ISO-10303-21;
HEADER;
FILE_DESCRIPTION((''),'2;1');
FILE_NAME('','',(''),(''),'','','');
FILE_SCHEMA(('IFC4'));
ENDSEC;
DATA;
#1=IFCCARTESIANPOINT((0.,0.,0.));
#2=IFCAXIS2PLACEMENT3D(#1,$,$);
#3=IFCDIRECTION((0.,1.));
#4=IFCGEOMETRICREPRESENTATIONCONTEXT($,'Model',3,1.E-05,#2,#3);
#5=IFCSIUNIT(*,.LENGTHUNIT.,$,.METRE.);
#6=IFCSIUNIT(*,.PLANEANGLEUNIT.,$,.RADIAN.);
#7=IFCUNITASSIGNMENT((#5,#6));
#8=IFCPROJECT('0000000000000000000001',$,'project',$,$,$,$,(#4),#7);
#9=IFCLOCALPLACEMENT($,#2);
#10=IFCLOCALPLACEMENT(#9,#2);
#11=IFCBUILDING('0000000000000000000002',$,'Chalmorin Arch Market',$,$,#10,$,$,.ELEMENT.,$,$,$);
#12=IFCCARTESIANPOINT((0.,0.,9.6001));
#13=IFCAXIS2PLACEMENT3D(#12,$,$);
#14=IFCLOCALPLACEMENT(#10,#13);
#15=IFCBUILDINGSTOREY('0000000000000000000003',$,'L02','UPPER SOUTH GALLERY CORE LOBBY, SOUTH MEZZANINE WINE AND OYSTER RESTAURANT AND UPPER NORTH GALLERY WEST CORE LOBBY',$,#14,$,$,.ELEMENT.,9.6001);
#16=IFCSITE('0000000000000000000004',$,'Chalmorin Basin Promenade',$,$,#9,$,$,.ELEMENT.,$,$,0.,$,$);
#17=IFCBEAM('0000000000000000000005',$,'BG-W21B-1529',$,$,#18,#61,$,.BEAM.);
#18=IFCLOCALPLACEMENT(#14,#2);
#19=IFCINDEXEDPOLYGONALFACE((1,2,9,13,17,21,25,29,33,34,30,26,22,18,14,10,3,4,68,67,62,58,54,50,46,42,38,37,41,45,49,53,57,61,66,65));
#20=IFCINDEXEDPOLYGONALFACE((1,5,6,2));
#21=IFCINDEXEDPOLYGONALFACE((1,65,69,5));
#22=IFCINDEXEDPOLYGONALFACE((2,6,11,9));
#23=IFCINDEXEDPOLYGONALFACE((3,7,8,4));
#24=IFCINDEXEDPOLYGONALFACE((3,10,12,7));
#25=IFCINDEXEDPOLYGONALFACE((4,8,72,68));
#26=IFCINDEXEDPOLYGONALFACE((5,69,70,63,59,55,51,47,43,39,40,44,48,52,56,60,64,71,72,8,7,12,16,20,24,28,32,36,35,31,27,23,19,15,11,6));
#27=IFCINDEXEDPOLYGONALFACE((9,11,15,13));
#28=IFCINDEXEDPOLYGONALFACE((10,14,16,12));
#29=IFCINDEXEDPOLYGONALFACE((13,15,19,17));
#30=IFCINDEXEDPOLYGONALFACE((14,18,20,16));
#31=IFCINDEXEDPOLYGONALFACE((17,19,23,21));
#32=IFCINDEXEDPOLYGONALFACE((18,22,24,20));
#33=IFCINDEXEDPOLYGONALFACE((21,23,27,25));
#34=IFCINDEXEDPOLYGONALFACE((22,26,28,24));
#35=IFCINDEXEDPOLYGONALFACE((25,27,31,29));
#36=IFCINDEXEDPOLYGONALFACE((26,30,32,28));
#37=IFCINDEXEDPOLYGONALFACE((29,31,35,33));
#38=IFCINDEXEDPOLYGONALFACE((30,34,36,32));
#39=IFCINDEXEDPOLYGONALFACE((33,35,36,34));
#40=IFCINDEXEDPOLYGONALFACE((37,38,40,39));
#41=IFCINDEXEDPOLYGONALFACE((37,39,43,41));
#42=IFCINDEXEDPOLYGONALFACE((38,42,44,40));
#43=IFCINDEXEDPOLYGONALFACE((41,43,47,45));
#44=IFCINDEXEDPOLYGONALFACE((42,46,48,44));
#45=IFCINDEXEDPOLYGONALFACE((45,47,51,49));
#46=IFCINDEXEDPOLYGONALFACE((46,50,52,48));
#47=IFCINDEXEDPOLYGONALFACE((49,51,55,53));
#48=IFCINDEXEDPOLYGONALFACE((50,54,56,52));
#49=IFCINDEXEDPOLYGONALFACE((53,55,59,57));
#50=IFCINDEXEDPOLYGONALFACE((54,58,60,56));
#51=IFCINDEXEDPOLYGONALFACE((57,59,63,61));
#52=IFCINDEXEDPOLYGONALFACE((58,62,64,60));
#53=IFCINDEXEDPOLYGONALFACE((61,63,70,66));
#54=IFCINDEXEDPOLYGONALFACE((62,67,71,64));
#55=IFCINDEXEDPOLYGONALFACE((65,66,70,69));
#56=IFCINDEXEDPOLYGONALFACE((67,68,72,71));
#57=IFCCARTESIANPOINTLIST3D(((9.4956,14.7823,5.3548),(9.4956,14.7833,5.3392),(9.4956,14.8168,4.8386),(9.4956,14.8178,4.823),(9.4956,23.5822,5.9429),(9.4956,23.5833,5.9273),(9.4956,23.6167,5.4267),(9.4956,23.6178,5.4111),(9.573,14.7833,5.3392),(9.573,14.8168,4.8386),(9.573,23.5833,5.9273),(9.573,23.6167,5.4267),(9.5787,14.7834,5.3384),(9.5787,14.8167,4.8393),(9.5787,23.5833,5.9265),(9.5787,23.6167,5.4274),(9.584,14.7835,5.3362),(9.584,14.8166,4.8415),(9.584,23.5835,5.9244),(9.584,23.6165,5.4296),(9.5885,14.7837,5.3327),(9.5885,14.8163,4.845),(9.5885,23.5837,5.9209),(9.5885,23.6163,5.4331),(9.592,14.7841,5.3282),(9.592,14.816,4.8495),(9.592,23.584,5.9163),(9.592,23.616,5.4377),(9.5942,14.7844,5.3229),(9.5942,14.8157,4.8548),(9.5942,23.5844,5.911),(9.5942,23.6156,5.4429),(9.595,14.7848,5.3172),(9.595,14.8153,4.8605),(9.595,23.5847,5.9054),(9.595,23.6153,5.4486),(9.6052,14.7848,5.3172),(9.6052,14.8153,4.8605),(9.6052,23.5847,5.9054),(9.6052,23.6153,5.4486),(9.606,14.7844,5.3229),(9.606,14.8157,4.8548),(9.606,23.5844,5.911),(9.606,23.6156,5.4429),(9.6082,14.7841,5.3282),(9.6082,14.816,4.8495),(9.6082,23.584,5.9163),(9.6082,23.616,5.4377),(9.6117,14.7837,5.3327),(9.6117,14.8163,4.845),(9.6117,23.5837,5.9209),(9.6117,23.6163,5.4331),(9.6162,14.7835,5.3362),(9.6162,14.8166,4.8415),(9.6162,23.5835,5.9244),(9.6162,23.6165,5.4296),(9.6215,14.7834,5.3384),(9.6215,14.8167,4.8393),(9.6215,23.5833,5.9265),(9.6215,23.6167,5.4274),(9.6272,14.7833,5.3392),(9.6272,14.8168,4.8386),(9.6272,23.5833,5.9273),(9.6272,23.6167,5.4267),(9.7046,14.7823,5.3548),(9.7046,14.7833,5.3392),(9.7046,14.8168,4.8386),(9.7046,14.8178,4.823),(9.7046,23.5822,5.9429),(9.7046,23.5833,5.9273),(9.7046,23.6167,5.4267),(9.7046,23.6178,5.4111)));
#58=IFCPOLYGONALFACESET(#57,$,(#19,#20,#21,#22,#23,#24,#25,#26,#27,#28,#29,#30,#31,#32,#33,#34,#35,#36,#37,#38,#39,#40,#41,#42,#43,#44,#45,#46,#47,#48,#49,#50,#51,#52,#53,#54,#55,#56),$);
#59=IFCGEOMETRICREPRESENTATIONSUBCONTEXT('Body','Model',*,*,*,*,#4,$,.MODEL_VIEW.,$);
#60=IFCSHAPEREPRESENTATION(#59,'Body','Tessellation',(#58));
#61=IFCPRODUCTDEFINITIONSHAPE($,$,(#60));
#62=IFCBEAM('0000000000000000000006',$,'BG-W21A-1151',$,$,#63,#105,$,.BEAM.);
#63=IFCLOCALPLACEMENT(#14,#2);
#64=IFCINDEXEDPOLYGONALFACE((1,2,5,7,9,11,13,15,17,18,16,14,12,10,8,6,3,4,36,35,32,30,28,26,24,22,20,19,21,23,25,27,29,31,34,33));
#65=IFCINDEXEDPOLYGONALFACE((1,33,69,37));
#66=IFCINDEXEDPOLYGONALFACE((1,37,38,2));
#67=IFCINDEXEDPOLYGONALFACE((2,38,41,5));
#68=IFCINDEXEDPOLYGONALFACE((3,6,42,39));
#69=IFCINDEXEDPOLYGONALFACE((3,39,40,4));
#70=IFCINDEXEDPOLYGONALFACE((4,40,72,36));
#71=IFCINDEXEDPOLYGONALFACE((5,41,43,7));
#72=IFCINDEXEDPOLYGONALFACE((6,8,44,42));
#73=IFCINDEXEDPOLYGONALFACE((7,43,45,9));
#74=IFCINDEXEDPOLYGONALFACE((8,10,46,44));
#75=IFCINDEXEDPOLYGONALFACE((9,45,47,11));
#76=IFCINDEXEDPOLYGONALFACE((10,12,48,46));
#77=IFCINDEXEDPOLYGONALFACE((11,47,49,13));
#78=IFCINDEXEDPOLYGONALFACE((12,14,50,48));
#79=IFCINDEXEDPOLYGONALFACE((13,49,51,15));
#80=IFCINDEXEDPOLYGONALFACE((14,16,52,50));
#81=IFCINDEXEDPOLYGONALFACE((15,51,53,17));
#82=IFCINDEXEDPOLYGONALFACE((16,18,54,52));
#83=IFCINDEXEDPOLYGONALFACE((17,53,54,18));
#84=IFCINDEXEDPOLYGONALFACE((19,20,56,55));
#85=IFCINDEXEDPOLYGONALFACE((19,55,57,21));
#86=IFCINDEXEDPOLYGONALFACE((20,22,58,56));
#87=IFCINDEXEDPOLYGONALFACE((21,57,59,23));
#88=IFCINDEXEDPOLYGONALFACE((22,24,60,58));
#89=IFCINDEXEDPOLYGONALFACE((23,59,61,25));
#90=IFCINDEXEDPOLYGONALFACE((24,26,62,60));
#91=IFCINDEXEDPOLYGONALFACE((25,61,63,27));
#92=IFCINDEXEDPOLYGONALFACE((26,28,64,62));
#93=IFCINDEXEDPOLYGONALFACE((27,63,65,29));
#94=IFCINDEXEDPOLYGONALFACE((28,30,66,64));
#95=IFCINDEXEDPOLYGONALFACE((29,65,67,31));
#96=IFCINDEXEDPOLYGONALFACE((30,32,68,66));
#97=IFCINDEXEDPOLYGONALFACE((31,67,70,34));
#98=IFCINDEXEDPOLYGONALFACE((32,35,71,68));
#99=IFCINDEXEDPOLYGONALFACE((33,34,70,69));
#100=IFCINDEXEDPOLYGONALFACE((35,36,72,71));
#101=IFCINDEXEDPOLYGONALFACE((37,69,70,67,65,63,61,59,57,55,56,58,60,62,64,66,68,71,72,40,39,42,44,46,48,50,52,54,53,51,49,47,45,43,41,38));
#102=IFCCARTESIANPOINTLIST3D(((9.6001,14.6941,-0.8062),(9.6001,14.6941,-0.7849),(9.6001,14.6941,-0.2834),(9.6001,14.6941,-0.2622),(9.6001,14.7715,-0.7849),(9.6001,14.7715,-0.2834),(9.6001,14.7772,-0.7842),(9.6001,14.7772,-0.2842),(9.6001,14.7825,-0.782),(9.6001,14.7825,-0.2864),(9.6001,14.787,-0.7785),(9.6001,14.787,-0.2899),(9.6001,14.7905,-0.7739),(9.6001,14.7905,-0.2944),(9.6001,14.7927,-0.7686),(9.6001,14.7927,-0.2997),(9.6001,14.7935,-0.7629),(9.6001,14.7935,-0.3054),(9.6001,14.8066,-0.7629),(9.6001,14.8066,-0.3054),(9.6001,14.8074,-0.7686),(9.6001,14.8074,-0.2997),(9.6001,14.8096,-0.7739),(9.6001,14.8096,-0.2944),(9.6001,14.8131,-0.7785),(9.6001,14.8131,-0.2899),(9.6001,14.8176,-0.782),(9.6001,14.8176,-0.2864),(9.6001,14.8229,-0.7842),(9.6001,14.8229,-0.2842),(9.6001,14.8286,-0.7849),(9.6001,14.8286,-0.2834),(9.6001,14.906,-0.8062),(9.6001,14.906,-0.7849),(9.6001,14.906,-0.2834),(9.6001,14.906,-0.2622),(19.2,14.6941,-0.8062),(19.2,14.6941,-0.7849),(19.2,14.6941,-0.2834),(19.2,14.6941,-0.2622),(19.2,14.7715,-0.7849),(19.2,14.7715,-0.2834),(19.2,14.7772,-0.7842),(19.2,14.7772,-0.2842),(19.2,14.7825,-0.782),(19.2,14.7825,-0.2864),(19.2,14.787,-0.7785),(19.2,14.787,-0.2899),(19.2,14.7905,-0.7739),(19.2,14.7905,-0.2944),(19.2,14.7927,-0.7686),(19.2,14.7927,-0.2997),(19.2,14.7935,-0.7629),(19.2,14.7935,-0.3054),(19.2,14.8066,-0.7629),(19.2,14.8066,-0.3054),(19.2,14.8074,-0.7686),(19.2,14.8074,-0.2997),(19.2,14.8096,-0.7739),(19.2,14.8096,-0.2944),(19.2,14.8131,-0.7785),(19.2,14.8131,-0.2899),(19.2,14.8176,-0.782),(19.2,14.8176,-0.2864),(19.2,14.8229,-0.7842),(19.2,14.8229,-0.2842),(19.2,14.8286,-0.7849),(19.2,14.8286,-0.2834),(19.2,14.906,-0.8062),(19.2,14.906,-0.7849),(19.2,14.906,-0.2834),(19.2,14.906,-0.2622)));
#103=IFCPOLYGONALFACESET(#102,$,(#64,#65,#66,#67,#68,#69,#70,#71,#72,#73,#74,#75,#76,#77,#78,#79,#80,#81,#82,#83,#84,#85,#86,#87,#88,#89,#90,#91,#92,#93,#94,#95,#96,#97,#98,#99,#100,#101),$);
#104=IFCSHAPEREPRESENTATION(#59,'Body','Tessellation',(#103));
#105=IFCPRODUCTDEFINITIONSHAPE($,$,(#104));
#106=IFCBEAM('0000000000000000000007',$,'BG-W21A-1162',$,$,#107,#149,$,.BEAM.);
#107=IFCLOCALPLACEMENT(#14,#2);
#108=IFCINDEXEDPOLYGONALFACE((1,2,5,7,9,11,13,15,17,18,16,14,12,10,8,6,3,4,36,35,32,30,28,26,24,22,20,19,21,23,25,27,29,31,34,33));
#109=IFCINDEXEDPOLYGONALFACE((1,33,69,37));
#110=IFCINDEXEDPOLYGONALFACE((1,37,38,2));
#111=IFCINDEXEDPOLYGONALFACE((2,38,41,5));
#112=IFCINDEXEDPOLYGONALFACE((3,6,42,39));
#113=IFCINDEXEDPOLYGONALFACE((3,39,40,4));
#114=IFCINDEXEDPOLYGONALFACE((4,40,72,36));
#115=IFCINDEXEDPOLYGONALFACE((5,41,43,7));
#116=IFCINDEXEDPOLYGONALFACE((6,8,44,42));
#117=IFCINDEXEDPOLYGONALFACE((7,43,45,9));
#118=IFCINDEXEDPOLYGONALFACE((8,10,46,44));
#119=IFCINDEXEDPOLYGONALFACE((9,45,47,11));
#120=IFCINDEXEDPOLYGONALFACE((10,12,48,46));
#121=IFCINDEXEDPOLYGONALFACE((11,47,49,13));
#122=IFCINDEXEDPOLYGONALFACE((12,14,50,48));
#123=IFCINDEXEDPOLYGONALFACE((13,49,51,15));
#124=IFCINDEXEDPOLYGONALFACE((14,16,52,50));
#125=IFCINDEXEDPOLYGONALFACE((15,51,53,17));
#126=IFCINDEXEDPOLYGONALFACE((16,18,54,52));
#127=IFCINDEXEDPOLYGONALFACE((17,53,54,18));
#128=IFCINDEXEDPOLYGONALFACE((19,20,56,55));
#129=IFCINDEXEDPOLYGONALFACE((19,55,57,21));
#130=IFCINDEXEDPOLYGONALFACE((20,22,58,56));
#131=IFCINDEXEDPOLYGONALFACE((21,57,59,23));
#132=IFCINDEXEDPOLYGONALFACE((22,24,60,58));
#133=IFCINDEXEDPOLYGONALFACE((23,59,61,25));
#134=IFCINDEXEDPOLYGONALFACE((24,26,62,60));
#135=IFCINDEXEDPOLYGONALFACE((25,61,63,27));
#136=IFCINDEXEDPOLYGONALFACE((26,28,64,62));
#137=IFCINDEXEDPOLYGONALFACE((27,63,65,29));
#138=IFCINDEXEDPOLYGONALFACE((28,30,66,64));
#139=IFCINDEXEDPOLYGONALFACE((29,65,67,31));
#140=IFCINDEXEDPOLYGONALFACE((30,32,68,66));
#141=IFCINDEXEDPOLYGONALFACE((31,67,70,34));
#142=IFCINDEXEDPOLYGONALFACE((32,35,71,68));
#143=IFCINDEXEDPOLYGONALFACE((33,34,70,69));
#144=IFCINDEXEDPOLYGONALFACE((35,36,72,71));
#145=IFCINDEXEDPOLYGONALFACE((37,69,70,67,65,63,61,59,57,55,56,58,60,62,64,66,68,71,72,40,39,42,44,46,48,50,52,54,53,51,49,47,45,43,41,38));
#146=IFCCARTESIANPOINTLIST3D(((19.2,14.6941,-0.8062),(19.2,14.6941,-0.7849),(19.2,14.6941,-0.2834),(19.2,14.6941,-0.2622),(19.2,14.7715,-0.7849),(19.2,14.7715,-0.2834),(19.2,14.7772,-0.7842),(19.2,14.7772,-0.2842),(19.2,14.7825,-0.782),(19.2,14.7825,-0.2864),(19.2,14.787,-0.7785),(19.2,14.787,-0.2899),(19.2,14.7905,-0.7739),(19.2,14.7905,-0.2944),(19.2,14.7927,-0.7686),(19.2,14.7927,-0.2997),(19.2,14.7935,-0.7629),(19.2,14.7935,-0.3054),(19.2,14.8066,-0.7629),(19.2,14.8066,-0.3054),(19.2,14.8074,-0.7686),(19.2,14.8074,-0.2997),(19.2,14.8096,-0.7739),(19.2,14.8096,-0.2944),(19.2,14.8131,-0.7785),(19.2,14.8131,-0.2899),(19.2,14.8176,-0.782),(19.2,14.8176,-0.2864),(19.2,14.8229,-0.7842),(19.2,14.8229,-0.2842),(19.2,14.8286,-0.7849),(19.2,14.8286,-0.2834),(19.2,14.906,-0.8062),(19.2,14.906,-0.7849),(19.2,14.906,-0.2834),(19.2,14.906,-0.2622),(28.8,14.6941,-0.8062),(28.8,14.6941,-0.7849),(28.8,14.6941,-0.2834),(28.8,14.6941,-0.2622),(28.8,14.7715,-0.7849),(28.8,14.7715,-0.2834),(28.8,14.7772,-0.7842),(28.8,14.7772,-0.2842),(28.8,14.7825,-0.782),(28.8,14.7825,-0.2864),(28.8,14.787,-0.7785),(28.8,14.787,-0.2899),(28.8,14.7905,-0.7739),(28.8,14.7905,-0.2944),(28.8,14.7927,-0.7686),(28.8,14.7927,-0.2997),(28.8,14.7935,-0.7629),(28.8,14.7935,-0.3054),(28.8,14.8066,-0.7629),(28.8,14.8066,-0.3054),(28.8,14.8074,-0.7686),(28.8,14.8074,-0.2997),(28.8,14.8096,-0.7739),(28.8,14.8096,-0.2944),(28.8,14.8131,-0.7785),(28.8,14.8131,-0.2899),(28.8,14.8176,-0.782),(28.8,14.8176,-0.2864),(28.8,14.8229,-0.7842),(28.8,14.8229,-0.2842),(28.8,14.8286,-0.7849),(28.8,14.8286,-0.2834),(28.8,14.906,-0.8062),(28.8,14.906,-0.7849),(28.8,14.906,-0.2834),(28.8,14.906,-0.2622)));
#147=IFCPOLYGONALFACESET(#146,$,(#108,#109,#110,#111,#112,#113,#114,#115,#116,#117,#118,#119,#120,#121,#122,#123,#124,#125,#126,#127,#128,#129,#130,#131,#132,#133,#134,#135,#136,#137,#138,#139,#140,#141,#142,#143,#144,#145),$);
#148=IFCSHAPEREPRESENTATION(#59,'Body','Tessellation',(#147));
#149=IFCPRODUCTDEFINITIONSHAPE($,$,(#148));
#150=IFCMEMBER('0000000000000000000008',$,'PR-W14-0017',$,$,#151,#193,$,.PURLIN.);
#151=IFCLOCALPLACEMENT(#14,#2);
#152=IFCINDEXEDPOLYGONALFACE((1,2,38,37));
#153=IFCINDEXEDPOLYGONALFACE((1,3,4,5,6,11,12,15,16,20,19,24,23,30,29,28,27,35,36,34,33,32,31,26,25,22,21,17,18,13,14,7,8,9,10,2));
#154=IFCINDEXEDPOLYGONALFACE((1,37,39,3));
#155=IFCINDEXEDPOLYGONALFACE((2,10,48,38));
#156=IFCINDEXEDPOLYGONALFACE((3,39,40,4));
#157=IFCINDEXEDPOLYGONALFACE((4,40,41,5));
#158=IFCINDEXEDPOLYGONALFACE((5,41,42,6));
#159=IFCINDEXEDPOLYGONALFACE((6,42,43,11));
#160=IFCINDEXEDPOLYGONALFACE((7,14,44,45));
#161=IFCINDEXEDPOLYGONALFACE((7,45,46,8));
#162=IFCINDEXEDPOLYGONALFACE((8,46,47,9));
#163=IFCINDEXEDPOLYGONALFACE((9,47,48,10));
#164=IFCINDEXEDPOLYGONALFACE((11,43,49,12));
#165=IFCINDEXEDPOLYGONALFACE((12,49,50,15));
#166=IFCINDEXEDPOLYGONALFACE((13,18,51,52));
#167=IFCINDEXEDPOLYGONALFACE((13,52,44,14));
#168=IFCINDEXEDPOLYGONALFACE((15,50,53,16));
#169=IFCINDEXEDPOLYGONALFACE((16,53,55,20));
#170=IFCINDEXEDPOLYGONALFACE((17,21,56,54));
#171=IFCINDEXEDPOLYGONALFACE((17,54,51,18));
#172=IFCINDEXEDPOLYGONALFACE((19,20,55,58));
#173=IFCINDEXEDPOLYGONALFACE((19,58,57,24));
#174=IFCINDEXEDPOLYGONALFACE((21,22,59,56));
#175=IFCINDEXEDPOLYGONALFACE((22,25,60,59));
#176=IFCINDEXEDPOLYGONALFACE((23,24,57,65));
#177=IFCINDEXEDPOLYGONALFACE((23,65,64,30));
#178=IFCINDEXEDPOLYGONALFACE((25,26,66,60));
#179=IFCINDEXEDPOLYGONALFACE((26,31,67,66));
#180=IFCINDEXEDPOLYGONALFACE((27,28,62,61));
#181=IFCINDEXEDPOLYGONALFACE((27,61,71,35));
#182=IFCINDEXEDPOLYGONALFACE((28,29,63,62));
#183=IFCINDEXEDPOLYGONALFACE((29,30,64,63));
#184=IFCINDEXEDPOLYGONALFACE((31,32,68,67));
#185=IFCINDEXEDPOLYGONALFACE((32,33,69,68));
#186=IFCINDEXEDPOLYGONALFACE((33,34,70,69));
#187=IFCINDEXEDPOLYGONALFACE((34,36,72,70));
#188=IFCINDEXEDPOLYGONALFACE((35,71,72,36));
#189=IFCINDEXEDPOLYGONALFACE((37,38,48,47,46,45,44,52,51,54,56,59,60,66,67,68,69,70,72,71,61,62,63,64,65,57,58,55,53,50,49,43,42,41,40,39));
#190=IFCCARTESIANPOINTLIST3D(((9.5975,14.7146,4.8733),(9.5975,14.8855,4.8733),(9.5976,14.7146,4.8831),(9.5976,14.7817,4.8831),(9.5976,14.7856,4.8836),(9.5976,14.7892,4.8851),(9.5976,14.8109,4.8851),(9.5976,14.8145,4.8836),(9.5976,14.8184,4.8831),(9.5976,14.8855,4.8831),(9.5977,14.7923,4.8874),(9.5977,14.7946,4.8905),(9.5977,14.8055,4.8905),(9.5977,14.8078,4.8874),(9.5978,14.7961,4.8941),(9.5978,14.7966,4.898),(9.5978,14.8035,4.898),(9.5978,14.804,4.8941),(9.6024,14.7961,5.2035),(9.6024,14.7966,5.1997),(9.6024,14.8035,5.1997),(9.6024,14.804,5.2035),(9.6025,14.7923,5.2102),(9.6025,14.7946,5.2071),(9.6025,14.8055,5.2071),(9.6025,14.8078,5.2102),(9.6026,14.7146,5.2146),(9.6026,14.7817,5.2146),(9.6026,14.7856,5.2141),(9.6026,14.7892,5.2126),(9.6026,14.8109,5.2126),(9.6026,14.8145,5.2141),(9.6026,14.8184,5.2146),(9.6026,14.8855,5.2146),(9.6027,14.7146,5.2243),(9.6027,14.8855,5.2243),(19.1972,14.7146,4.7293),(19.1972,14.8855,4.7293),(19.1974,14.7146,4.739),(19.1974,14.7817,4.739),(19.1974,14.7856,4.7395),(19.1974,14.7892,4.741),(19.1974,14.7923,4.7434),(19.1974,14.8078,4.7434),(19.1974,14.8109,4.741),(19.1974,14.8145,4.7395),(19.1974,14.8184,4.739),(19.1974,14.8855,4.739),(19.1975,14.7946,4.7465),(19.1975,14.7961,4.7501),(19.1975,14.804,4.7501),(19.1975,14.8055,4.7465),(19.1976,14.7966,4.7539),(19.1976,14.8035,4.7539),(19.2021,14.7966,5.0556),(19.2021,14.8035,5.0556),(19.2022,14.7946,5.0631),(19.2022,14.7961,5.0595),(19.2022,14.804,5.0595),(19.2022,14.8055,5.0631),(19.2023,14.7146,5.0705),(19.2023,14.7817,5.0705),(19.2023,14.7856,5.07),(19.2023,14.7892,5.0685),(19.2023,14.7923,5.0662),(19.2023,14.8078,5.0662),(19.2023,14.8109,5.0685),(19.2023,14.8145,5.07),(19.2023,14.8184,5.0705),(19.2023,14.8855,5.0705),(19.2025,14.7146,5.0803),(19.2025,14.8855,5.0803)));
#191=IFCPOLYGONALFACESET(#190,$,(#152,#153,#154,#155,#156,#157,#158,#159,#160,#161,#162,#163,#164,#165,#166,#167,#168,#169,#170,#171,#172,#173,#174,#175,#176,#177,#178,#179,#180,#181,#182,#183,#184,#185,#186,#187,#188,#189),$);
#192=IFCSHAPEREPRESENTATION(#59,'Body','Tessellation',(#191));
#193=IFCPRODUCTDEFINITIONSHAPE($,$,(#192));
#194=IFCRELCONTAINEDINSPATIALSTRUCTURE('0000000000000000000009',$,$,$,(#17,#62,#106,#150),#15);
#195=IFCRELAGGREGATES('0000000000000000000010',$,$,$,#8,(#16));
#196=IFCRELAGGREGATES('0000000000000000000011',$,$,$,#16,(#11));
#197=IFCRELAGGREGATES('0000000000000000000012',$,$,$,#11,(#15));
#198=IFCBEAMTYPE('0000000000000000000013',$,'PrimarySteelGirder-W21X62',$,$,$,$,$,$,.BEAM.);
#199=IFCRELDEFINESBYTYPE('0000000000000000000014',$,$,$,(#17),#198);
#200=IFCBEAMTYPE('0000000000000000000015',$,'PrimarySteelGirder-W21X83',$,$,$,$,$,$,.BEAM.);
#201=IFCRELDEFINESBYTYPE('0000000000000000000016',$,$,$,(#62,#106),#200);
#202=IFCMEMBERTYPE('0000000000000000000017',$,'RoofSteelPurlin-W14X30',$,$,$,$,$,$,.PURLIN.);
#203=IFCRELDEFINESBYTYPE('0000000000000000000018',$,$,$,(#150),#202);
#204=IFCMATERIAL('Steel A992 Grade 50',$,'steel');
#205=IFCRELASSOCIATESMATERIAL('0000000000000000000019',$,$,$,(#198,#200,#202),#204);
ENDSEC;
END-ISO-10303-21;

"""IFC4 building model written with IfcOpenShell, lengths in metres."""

from ifc_helpers import new_model, si_unit, direction, frame, origin, origin_2d, place, context, subcontext, project, spatial, i_section, extrude, material, material_profile, profile_set, type_object, element, save


model = new_model("IFC4")

# Units and contexts
model_context = context("Model", 3, precision=1e-05, world=origin(), true_north=direction((0.0, 1.0)))
body_context = subcontext(model_context, "Body", "Model", "MODEL_VIEW")
ifc_project = project(units=[si_unit("LENGTHUNIT", "METRE"), si_unit("PLANEANGLEUNIT", "RADIAN")], contexts=[model_context])

# Site, building, storey
site_placement = place(None, origin())
site = spatial("IfcSite", under=ifc_project, at=site_placement, Name="Chalmorin Basin Promenade", CompositionType="ELEMENT", RefElevation=0.0)
building_placement = place(site_placement, origin())
building = spatial("IfcBuilding", under=site, at=building_placement, Name="Chalmorin Arch Market", CompositionType="ELEMENT")
storey_placement = place(building_placement, frame((0.0, 0.0, 9.6001)))
storey = spatial("IfcBuildingStorey", under=building, at=storey_placement, Name="L02", Description="UPPER SOUTH GALLERY CORE LOBBY, SOUTH MEZZANINE WINE AND OYSTER RESTAURANT AND UPPER NORTH GALLERY WEST CORE LOBBY", CompositionType="ELEMENT", Elevation=9.6001)

# Shared definitions
ifc_material_1 = material(Name="Steel A992 Grade 50", Category="steel")

# Beams
ifc_material_profile_1 = material_profile(ifc_material_1, i_section(OverallWidth=0.209, OverallDepth=0.533, WebThickness=0.0103, FlangeThickness=0.0156, FilletRadius=0.022, at=origin_2d()), Name="W21X62")
ifc_profile_set_1 = profile_set([ifc_material_profile_1], Name="Steel A992 Grade 50")
beam_type_1 = type_object("IfcBeamType", Name="PrimarySteelGirder-W21X62", PredefinedType="BEAM", material=ifc_profile_set_1)
beam_1_placement = place(storey_placement, frame((9.6001, 14.8, 5.0889), z_axis=(0.0, 0.997774, 0.066684), x_axis=(-1.0, 0.0, 0.0)))
element("IfcBeam", 1, at=beam_1_placement, inside=storey, type_object=beam_type_1, Name="BG-W21B-1529", PredefinedType="BEAM", context=body_context, shape_type="SweptSolid", body=[
    extrude(i_section(OverallWidth=0.209, OverallDepth=0.533, WebThickness=0.0103, FlangeThickness=0.0156, FilletRadius=0.022, at=origin_2d()), origin(), (0.0, 0.0, 1.0), 8.8196),
])
ifc_material_profile_2 = material_profile(ifc_material_1, i_section(OverallWidth=0.2119, OverallDepth=0.5439, WebThickness=0.0132, FlangeThickness=0.0212, FilletRadius=0.022, at=origin_2d()), Name="W21X83")
ifc_profile_set_2 = profile_set([ifc_material_profile_2], Name="Steel A992 Grade 50")
beam_type_2 = type_object("IfcBeamType", Name="PrimarySteelGirder-W21X83", PredefinedType="BEAM", material=ifc_profile_set_2)
beam_2_placement = place(storey_placement, frame((9.6001, 14.8, -0.5342), z_axis=(1.0, 0.0, 0.0), x_axis=(0.0, 1.0, 0.0)))
element("IfcBeam", 2, at=beam_2_placement, inside=storey, type_object=beam_type_2, Name="BG-W21A-1151", PredefinedType="BEAM", context=body_context, shape_type="SweptSolid", body=[
    extrude(i_section(OverallWidth=0.2119, OverallDepth=0.5439, WebThickness=0.0132, FlangeThickness=0.0212, FilletRadius=0.022, at=origin_2d()), origin(), (0.0, 0.0, 1.0), 9.5999),
])
beam_3_placement = place(storey_placement, frame((19.2, 14.8, -0.5342), z_axis=(1.0, 0.0, 0.0), x_axis=(0.0, 1.0, 0.0)))
element("IfcBeam", 3, at=beam_3_placement, inside=storey, type_object=beam_type_2, Name="BG-W21A-1162", PredefinedType="BEAM", context=body_context, shape_type="SweptSolid", body=[
    extrude(i_section(OverallWidth=0.2119, OverallDepth=0.5439, WebThickness=0.0132, FlangeThickness=0.0212, FilletRadius=0.022, at=origin_2d()), origin(), (0.0, 0.0, 1.0), 9.6001),
])

# Member
ifc_material_profile_3 = material_profile(ifc_material_1, i_section(OverallWidth=0.1709, OverallDepth=0.3511, WebThickness=0.0068, FlangeThickness=0.0098, FilletRadius=0.0149, at=origin_2d()), Name="W14X30")
ifc_profile_set_3 = profile_set([ifc_material_profile_3], Name="Steel A992 Grade 50")
member_type = type_object("IfcMemberType", Name="RoofSteelPurlin-W14X30", PredefinedType="PURLIN", material=ifc_profile_set_3)
member_placement = place(storey_placement, frame((9.6001, 14.8, 5.0488), z_axis=(0.999887, 0.0, -0.015003), x_axis=(0.0, 1.0, 0.0)))
element("IfcMember", 4, at=member_placement, inside=storey, type_object=member_type, Name="PR-W14-0017", PredefinedType="PURLIN", context=body_context, shape_type="SweptSolid", body=[
    extrude(i_section(OverallWidth=0.1709, OverallDepth=0.3511, WebThickness=0.0068, FlangeThickness=0.0098, FilletRadius=0.0149, at=origin_2d()), origin(), (0.0, 0.0, 1.0), 9.6008),
])

save(model, "model.ifc")
